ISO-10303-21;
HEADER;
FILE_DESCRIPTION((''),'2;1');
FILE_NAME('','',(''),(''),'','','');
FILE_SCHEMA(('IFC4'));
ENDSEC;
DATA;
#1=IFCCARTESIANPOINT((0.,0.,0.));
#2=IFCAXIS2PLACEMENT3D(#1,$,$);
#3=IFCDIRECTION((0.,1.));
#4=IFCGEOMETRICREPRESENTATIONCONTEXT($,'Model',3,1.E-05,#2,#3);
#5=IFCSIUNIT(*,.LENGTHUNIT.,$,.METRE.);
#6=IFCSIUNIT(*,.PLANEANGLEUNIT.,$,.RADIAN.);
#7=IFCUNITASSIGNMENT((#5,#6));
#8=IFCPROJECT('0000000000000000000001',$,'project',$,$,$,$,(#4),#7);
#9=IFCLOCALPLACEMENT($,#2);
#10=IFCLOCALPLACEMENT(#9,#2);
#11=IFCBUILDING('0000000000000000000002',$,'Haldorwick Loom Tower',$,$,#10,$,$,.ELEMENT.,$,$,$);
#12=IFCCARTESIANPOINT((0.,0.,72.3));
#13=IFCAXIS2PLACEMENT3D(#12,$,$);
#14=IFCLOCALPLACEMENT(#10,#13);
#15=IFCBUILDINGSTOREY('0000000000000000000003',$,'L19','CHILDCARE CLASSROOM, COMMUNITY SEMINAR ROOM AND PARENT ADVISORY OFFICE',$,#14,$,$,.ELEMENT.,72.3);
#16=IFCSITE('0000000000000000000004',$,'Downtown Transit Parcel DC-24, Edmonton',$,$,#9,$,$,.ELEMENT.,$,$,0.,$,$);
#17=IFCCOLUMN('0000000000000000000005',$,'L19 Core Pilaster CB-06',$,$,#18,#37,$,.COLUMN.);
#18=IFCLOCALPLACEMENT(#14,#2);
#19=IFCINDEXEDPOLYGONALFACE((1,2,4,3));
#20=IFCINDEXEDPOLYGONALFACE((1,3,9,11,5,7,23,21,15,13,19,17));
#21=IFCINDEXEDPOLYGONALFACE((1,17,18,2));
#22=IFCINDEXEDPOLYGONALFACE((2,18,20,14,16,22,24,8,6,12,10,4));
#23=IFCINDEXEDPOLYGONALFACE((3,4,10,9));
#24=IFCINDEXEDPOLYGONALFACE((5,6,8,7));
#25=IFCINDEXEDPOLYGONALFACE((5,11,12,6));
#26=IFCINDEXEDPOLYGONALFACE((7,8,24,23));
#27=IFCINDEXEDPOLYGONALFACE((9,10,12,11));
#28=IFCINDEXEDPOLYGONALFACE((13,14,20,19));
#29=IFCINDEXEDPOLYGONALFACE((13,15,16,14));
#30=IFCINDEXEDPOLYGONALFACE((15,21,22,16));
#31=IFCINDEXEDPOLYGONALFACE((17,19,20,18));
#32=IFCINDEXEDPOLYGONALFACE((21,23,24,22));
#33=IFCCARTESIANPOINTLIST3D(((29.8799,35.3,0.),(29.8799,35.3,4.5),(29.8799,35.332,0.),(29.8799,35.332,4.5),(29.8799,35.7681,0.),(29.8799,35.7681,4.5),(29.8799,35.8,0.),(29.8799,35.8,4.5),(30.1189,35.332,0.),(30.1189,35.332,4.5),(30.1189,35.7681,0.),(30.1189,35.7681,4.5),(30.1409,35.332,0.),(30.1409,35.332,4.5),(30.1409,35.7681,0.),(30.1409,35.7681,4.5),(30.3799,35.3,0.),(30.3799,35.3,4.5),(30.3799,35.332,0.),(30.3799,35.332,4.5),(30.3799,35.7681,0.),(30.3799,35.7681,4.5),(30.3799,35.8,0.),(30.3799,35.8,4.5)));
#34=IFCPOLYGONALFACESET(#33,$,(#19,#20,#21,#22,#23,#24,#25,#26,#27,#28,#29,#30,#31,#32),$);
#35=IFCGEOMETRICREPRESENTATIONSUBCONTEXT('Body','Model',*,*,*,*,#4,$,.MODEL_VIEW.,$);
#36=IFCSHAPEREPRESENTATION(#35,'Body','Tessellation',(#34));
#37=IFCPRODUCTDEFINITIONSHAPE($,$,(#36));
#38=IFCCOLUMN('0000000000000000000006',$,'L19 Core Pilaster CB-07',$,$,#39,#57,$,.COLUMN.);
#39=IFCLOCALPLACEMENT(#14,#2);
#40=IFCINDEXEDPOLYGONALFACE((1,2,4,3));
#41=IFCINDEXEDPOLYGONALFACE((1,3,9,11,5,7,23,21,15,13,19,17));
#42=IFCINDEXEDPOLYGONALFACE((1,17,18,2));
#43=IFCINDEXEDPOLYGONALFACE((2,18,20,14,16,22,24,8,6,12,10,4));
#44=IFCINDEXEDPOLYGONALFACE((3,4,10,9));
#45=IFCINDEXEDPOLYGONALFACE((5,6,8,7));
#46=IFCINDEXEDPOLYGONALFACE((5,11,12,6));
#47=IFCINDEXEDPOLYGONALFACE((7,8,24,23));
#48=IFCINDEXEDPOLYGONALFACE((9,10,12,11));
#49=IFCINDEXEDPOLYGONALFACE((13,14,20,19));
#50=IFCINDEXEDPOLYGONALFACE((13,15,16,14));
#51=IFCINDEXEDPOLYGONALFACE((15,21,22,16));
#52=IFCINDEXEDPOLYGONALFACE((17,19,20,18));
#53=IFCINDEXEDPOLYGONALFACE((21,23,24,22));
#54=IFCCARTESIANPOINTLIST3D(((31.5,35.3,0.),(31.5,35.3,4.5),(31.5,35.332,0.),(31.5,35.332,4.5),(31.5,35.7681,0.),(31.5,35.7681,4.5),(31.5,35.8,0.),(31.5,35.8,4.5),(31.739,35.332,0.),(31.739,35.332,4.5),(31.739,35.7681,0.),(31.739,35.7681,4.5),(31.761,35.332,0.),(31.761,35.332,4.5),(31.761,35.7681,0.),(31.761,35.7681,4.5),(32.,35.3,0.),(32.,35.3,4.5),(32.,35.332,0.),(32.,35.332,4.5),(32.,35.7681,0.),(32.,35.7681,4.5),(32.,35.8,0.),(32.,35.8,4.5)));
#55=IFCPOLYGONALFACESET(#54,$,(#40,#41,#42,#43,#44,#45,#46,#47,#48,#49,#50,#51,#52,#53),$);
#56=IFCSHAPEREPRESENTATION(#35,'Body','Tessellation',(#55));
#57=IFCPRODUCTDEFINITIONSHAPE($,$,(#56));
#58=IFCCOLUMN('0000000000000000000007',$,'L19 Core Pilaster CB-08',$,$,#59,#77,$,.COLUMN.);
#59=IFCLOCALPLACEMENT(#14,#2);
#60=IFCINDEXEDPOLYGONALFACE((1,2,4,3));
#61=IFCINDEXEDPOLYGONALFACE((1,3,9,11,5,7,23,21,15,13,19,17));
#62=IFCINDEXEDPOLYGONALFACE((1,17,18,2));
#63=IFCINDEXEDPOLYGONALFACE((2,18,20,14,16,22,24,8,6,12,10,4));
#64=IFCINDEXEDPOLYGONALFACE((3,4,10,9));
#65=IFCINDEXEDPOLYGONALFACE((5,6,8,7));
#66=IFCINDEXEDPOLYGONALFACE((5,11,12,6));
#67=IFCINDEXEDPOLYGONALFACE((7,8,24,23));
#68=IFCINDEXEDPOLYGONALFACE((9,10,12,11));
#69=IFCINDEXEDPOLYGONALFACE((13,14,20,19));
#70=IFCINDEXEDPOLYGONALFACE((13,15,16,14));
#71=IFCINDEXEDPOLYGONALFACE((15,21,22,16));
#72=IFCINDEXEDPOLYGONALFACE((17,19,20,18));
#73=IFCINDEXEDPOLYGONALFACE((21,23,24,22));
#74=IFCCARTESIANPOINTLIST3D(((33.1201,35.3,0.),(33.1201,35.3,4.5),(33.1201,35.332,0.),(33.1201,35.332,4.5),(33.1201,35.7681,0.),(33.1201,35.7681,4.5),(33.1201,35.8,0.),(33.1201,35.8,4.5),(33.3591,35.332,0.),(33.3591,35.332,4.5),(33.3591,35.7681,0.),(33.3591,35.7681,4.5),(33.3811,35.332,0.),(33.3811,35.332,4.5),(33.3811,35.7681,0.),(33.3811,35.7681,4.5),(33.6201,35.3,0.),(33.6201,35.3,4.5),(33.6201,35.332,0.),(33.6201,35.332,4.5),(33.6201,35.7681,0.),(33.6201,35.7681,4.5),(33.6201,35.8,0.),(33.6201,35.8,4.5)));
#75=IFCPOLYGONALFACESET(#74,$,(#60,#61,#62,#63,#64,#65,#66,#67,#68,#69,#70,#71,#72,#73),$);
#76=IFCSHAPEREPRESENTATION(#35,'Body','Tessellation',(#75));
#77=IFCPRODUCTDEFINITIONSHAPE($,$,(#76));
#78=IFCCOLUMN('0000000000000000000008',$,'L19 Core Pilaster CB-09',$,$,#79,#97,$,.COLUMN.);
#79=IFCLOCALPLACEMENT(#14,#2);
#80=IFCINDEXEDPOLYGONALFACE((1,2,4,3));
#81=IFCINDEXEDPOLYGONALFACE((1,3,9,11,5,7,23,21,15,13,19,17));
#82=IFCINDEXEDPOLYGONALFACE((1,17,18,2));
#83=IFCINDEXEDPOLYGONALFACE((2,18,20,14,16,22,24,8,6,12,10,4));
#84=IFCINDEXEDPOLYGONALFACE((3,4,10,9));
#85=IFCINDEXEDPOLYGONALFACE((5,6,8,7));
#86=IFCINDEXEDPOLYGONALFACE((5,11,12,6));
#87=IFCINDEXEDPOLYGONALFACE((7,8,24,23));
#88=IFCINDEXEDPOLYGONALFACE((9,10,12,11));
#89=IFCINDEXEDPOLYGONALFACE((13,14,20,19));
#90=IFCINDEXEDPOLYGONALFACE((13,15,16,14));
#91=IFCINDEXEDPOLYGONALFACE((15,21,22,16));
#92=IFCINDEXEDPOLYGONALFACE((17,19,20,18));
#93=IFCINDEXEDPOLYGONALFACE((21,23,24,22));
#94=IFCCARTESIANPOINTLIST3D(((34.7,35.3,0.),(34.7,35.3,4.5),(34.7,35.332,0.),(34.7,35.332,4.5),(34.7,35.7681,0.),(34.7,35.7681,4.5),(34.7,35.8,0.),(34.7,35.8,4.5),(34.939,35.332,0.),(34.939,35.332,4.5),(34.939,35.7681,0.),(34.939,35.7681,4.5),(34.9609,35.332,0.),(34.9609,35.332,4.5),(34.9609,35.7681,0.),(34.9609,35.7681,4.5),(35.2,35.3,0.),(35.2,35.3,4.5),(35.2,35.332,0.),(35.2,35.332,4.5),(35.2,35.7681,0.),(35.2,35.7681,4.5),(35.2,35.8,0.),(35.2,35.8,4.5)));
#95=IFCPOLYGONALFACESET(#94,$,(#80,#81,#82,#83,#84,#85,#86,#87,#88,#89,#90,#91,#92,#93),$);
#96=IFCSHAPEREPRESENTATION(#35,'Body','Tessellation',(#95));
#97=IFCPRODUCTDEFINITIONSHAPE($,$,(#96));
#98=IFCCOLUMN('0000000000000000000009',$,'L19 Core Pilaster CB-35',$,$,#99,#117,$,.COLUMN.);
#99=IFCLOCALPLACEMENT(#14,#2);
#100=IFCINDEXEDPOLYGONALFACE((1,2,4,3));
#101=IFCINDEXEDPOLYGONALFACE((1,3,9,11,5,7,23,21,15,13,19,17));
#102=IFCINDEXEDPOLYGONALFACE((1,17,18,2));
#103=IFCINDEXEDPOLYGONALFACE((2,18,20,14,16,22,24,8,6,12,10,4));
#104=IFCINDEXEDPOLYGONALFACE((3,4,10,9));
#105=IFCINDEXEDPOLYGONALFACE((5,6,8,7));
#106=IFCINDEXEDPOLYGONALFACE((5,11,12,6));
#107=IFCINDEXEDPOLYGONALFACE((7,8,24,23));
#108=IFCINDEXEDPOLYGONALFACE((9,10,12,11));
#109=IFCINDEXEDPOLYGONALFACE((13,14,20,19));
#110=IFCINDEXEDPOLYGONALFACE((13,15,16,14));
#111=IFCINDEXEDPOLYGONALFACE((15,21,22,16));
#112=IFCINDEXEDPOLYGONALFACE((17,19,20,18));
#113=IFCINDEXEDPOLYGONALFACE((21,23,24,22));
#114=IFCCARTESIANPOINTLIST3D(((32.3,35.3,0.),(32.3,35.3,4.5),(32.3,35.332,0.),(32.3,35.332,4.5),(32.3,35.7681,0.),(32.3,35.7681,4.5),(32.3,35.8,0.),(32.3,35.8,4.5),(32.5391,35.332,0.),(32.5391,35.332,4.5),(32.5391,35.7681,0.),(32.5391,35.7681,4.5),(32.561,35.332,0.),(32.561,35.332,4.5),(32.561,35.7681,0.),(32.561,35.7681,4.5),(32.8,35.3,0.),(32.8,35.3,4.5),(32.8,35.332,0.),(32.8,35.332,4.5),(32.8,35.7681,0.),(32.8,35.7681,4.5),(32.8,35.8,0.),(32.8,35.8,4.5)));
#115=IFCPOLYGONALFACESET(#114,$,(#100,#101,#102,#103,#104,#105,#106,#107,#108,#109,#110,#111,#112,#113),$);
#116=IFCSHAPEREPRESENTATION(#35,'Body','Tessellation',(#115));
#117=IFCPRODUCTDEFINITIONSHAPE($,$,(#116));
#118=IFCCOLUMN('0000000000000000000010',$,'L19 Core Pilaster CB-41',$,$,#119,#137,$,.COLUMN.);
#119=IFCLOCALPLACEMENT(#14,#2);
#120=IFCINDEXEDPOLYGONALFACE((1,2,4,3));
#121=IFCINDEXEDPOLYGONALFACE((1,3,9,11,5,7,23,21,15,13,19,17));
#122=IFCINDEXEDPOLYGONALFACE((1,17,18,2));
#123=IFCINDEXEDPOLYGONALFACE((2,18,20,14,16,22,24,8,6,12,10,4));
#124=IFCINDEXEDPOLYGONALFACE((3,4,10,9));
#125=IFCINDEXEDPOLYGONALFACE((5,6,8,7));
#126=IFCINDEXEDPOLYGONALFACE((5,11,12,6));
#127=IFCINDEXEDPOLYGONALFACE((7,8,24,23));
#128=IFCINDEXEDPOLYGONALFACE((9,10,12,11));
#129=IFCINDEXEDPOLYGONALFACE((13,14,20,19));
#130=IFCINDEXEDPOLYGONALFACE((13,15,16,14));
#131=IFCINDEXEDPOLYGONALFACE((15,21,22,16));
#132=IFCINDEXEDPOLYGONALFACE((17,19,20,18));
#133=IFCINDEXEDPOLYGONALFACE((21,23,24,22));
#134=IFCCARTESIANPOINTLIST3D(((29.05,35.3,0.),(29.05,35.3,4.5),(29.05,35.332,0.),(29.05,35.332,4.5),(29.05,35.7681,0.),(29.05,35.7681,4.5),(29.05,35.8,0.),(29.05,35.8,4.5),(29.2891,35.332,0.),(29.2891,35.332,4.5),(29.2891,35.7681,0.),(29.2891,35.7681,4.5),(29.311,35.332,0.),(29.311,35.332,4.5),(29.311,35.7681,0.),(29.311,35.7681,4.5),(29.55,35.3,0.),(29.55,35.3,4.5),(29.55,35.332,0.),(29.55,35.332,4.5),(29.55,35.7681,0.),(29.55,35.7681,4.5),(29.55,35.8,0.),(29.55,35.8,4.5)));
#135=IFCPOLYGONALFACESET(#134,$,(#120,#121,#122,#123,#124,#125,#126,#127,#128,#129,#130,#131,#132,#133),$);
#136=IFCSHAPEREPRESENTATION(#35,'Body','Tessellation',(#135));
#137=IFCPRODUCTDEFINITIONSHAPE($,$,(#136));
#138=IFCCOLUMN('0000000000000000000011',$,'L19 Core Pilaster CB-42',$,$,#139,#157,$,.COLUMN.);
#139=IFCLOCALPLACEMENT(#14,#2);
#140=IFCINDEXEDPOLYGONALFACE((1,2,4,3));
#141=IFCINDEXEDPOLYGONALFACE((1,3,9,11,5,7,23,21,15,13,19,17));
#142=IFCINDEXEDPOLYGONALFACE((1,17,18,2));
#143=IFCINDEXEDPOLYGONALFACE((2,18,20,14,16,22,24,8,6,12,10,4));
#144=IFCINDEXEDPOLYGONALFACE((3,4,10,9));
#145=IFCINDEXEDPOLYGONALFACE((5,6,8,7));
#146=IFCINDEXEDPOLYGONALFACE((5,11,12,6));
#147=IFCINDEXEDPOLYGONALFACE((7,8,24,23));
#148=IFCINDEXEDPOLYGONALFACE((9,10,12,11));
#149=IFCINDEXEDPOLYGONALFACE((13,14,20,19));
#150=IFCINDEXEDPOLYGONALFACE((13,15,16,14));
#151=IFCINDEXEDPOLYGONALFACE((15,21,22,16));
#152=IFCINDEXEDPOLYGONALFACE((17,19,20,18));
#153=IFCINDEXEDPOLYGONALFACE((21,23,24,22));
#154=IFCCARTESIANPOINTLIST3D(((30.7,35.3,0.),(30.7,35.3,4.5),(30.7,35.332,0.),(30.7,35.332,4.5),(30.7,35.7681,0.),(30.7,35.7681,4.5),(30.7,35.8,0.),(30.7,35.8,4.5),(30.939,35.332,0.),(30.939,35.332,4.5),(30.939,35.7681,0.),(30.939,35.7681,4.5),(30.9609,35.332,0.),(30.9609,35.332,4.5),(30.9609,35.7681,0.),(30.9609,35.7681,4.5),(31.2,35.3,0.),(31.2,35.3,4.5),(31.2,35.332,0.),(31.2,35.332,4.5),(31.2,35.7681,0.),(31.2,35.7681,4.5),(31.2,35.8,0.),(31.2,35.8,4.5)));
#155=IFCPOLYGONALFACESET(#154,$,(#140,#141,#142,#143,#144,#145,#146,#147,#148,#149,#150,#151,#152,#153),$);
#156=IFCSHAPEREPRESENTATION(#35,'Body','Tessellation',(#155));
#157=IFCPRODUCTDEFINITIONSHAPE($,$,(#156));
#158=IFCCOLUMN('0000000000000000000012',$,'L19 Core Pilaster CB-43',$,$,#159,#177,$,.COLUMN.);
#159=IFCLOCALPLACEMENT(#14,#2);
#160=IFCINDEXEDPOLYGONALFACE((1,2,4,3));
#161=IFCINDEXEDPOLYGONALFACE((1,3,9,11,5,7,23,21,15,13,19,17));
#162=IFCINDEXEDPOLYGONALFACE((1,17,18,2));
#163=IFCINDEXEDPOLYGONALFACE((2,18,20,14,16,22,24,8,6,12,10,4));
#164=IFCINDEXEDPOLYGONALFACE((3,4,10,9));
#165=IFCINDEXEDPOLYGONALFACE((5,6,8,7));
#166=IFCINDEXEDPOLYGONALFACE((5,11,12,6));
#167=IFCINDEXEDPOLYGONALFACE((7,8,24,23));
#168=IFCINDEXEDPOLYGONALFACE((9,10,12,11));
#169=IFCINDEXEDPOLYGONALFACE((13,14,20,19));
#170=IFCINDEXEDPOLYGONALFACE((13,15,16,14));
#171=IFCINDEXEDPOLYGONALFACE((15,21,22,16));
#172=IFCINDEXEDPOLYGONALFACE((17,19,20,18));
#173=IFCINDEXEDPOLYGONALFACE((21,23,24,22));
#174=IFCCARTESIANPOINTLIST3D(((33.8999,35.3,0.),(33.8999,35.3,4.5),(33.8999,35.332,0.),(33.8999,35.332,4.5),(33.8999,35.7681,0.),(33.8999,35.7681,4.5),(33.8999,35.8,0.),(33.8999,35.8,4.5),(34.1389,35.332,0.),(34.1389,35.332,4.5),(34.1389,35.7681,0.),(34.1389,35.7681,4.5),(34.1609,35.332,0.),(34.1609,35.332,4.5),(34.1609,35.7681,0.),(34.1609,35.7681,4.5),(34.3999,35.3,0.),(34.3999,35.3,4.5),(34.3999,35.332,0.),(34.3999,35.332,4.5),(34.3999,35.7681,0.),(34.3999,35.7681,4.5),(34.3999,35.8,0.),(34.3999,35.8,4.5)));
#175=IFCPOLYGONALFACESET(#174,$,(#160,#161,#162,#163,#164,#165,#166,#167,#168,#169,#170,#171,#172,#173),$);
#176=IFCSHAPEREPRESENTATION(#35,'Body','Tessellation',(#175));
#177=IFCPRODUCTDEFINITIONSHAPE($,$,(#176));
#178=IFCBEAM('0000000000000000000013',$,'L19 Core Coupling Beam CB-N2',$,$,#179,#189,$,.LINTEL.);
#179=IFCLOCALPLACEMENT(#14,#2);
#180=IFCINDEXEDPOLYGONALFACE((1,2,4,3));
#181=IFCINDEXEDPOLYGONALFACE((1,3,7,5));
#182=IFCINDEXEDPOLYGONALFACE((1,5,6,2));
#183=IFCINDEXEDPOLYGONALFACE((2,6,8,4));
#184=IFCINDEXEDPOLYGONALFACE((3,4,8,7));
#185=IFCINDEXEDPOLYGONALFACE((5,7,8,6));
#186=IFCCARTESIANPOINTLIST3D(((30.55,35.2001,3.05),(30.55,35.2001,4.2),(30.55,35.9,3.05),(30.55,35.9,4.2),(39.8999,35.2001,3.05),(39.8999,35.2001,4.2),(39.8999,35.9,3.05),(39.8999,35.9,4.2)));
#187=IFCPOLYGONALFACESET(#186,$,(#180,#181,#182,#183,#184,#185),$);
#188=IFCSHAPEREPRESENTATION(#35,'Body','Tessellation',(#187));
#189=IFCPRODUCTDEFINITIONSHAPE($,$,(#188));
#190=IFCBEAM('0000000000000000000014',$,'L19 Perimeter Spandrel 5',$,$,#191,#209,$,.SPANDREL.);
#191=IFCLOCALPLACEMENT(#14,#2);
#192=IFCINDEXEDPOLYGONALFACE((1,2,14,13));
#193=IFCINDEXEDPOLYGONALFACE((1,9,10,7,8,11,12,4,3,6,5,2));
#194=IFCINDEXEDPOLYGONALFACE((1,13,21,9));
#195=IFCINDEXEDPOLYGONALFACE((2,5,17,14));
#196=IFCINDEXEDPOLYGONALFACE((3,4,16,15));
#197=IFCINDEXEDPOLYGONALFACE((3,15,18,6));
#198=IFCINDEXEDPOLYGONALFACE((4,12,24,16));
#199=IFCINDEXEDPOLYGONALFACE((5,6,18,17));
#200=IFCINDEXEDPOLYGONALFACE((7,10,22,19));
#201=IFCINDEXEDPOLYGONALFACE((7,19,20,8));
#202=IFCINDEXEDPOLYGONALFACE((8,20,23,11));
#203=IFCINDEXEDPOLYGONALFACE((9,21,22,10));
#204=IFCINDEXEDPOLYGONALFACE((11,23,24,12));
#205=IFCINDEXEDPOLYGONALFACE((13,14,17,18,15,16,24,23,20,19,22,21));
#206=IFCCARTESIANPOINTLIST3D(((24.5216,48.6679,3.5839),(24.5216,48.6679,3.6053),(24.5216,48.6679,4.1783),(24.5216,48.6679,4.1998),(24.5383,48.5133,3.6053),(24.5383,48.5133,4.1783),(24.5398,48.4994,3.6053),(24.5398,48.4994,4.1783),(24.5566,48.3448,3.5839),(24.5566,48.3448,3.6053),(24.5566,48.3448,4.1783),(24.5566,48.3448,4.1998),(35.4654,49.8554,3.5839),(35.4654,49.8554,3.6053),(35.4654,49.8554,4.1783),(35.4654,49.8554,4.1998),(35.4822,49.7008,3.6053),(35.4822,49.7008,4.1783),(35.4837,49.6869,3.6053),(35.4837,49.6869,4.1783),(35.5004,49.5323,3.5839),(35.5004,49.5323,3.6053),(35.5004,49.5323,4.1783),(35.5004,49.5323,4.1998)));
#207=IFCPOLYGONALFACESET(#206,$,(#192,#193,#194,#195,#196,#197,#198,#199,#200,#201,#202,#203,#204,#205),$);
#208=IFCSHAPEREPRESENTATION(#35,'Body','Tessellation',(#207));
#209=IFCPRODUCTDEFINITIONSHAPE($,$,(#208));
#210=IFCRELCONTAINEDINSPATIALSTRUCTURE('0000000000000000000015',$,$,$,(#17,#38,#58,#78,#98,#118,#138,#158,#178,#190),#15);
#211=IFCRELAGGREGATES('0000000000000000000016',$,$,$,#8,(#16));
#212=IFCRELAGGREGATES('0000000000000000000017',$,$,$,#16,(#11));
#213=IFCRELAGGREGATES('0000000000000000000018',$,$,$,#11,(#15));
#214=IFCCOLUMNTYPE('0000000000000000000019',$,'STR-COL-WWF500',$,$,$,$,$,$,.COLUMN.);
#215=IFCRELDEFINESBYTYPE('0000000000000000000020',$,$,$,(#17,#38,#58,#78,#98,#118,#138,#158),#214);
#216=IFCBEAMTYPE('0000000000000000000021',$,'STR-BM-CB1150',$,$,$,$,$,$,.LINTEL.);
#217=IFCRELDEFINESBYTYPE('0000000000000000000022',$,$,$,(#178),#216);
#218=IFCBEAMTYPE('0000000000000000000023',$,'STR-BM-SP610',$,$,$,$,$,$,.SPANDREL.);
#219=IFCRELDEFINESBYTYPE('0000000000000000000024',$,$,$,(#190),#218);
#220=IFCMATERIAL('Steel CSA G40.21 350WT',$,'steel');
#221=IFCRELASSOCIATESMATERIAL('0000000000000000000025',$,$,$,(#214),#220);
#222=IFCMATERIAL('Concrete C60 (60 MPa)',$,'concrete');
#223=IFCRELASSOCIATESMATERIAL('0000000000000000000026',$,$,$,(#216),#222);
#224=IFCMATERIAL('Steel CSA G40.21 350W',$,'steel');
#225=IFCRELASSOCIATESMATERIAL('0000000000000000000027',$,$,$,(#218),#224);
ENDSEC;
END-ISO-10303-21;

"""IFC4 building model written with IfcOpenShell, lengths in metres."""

from ifc_helpers import new_model, si_unit, direction, frame, origin, origin_2d, place, context, subcontext, project, spatial, rectangle, i_section, extrude, material, material_profile, profile_set, type_object, element, save


model = new_model("IFC4")

# Units and contexts
model_context = context("Model", 3, precision=1e-05, world=origin(), true_north=direction((0.0, 1.0)))
body_context = subcontext(model_context, "Body", "Model", "MODEL_VIEW")
ifc_project = project(units=[si_unit("LENGTHUNIT", "METRE"), si_unit("PLANEANGLEUNIT", "RADIAN")], contexts=[model_context])

# Site, building, storey
site_placement = place(None, origin())
site = spatial("IfcSite", under=ifc_project, at=site_placement, Name="Downtown Transit Parcel DC-24, Edmonton", CompositionType="ELEMENT", RefElevation=0.0)
building_placement = place(site_placement, origin())
building = spatial("IfcBuilding", under=site, at=building_placement, Name="Haldorwick Loom Tower", CompositionType="ELEMENT")
storey_placement = place(building_placement, frame((0.0, 0.0, 72.3)))
storey = spatial("IfcBuildingStorey", under=building, at=storey_placement, Name="L19", Description="CHILDCARE CLASSROOM, COMMUNITY SEMINAR ROOM AND PARENT ADVISORY OFFICE", CompositionType="ELEMENT", Elevation=72.3)

# Columns
ifc_material_1 = material(Name="Steel CSA G40.21 350WT", Category="steel")
ifc_material_profile_1 = material_profile(ifc_material_1, i_section(OverallWidth=0.5, OverallDepth=0.5, WebThickness=0.022, FlangeThickness=0.032, at=origin_2d()), Name="WWF500X500", Category="steel")
ifc_profile_set_1 = profile_set([ifc_material_profile_1], Name="Steel CSA G40.21 350WT")
column_type = type_object("IfcColumnType", Name="STR-COL-WWF500", PredefinedType="COLUMN", material=ifc_profile_set_1)
for number, where, z_axis, x_axis, name in (
    (1, (30.1299, 35.55, 0.0), (0.0, 0.0, 1.0), (1.0, 0.0, 0.0), "L19 Core Pilaster CB-06"),
    (2, (31.75, 35.55, 0.0), (0.0, 0.0, 1.0), (1.0, 0.0, 0.0), "L19 Core Pilaster CB-07"),
    (3, (33.3701, 35.55, 0.0), (0.0, 0.0, 1.0), (1.0, 0.0, 0.0), "L19 Core Pilaster CB-08"),
    (4, (34.95, 35.55, 0.0), (0.0, 0.0, 1.0), (1.0, 0.0, 0.0), "L19 Core Pilaster CB-09"),
    (5, (32.55, 35.55, 0.0), (0.0, 0.0, 1.0), (1.0, 0.0, 0.0), "L19 Core Pilaster CB-35"),
    (6, (29.3, 35.55, 0.0), (0.0, 0.0, 1.0), (1.0, 0.0, 0.0), "L19 Core Pilaster CB-41"),
    (7, (30.95, 35.55, 0.0), (0.0, 0.0, 1.0), (1.0, 0.0, 0.0), "L19 Core Pilaster CB-42"),
    (8, (34.1499, 35.55, 0.0), (0.0, 0.0, 1.0), (1.0, 0.0, 0.0), "L19 Core Pilaster CB-43"),
):
    element("IfcColumn", number, at=place(storey_placement, frame(where, z_axis=z_axis, x_axis=x_axis)), inside=storey, type_object=column_type, Name=name, PredefinedType="COLUMN", context=body_context, shape_type="SweptSolid", body=[
        extrude(i_section(OverallWidth=0.5, OverallDepth=0.5, WebThickness=0.022, FlangeThickness=0.032, at=origin_2d()), origin(), (0.0, 0.0, 1.0), 4.5),
    ])

# Beams
ifc_material_2 = material(Name="Concrete C60 (60 MPa)", Category="concrete")
ifc_material_profile_2 = material_profile(ifc_material_2, rectangle(XDim=0.7, YDim=1.1499, at=origin_2d()), Name="RC700X1150", Category="concrete")
ifc_profile_set_2 = profile_set([ifc_material_profile_2], Name="Concrete C60 (60 MPa)")
beam_type_1 = type_object("IfcBeamType", Name="STR-BM-CB1150", PredefinedType="LINTEL", material=ifc_profile_set_2)
beam_1_placement = place(storey_placement, frame((30.55, 35.55, 3.625), z_axis=(1.0, 0.0, 0.0), x_axis=(0.0, 1.0, 0.0)))
element("IfcBeam", 9, at=beam_1_placement, inside=storey, type_object=beam_type_1, Name="L19 Core Coupling Beam CB-N2", PredefinedType="LINTEL", context=body_context, shape_type="SweptSolid", body=[
    extrude(rectangle(XDim=0.7, YDim=1.1499, at=origin_2d()), origin(), (0.0, 0.0, 1.0), 9.3499),
])
ifc_material_3 = material(Name="Steel CSA G40.21 350W", Category="steel")
ifc_material_profile_3 = material_profile(ifc_material_3, i_section(OverallWidth=0.325, OverallDepth=0.616, WebThickness=0.0139, FlangeThickness=0.0215, at=origin_2d()), Name="W610X174", Category="steel")
ifc_profile_set_3 = profile_set([ifc_material_profile_3], Name="Steel CSA G40.21 350W")
beam_type_2 = type_object("IfcBeamType", Name="STR-BM-SP610", PredefinedType="SPANDREL", material=ifc_profile_set_3)
beam_2_placement = place(storey_placement, frame((35.4829, 49.6938, 3.8918), z_axis=(-0.994164, -0.107875, 0.0), x_axis=(0.107875, -0.994164, 0.0)))
element("IfcBeam", 10, at=beam_2_placement, inside=storey, type_object=beam_type_2, Name="L19 Perimeter Spandrel 5", PredefinedType="SPANDREL", context=body_context, shape_type="SweptSolid", body=[
    extrude(i_section(OverallWidth=0.325, OverallDepth=0.616, WebThickness=0.0139, FlangeThickness=0.0215, at=origin_2d()), origin(), (0.0, 0.0, 1.0), 11.0081),
])

save(model, "model.ifc")
